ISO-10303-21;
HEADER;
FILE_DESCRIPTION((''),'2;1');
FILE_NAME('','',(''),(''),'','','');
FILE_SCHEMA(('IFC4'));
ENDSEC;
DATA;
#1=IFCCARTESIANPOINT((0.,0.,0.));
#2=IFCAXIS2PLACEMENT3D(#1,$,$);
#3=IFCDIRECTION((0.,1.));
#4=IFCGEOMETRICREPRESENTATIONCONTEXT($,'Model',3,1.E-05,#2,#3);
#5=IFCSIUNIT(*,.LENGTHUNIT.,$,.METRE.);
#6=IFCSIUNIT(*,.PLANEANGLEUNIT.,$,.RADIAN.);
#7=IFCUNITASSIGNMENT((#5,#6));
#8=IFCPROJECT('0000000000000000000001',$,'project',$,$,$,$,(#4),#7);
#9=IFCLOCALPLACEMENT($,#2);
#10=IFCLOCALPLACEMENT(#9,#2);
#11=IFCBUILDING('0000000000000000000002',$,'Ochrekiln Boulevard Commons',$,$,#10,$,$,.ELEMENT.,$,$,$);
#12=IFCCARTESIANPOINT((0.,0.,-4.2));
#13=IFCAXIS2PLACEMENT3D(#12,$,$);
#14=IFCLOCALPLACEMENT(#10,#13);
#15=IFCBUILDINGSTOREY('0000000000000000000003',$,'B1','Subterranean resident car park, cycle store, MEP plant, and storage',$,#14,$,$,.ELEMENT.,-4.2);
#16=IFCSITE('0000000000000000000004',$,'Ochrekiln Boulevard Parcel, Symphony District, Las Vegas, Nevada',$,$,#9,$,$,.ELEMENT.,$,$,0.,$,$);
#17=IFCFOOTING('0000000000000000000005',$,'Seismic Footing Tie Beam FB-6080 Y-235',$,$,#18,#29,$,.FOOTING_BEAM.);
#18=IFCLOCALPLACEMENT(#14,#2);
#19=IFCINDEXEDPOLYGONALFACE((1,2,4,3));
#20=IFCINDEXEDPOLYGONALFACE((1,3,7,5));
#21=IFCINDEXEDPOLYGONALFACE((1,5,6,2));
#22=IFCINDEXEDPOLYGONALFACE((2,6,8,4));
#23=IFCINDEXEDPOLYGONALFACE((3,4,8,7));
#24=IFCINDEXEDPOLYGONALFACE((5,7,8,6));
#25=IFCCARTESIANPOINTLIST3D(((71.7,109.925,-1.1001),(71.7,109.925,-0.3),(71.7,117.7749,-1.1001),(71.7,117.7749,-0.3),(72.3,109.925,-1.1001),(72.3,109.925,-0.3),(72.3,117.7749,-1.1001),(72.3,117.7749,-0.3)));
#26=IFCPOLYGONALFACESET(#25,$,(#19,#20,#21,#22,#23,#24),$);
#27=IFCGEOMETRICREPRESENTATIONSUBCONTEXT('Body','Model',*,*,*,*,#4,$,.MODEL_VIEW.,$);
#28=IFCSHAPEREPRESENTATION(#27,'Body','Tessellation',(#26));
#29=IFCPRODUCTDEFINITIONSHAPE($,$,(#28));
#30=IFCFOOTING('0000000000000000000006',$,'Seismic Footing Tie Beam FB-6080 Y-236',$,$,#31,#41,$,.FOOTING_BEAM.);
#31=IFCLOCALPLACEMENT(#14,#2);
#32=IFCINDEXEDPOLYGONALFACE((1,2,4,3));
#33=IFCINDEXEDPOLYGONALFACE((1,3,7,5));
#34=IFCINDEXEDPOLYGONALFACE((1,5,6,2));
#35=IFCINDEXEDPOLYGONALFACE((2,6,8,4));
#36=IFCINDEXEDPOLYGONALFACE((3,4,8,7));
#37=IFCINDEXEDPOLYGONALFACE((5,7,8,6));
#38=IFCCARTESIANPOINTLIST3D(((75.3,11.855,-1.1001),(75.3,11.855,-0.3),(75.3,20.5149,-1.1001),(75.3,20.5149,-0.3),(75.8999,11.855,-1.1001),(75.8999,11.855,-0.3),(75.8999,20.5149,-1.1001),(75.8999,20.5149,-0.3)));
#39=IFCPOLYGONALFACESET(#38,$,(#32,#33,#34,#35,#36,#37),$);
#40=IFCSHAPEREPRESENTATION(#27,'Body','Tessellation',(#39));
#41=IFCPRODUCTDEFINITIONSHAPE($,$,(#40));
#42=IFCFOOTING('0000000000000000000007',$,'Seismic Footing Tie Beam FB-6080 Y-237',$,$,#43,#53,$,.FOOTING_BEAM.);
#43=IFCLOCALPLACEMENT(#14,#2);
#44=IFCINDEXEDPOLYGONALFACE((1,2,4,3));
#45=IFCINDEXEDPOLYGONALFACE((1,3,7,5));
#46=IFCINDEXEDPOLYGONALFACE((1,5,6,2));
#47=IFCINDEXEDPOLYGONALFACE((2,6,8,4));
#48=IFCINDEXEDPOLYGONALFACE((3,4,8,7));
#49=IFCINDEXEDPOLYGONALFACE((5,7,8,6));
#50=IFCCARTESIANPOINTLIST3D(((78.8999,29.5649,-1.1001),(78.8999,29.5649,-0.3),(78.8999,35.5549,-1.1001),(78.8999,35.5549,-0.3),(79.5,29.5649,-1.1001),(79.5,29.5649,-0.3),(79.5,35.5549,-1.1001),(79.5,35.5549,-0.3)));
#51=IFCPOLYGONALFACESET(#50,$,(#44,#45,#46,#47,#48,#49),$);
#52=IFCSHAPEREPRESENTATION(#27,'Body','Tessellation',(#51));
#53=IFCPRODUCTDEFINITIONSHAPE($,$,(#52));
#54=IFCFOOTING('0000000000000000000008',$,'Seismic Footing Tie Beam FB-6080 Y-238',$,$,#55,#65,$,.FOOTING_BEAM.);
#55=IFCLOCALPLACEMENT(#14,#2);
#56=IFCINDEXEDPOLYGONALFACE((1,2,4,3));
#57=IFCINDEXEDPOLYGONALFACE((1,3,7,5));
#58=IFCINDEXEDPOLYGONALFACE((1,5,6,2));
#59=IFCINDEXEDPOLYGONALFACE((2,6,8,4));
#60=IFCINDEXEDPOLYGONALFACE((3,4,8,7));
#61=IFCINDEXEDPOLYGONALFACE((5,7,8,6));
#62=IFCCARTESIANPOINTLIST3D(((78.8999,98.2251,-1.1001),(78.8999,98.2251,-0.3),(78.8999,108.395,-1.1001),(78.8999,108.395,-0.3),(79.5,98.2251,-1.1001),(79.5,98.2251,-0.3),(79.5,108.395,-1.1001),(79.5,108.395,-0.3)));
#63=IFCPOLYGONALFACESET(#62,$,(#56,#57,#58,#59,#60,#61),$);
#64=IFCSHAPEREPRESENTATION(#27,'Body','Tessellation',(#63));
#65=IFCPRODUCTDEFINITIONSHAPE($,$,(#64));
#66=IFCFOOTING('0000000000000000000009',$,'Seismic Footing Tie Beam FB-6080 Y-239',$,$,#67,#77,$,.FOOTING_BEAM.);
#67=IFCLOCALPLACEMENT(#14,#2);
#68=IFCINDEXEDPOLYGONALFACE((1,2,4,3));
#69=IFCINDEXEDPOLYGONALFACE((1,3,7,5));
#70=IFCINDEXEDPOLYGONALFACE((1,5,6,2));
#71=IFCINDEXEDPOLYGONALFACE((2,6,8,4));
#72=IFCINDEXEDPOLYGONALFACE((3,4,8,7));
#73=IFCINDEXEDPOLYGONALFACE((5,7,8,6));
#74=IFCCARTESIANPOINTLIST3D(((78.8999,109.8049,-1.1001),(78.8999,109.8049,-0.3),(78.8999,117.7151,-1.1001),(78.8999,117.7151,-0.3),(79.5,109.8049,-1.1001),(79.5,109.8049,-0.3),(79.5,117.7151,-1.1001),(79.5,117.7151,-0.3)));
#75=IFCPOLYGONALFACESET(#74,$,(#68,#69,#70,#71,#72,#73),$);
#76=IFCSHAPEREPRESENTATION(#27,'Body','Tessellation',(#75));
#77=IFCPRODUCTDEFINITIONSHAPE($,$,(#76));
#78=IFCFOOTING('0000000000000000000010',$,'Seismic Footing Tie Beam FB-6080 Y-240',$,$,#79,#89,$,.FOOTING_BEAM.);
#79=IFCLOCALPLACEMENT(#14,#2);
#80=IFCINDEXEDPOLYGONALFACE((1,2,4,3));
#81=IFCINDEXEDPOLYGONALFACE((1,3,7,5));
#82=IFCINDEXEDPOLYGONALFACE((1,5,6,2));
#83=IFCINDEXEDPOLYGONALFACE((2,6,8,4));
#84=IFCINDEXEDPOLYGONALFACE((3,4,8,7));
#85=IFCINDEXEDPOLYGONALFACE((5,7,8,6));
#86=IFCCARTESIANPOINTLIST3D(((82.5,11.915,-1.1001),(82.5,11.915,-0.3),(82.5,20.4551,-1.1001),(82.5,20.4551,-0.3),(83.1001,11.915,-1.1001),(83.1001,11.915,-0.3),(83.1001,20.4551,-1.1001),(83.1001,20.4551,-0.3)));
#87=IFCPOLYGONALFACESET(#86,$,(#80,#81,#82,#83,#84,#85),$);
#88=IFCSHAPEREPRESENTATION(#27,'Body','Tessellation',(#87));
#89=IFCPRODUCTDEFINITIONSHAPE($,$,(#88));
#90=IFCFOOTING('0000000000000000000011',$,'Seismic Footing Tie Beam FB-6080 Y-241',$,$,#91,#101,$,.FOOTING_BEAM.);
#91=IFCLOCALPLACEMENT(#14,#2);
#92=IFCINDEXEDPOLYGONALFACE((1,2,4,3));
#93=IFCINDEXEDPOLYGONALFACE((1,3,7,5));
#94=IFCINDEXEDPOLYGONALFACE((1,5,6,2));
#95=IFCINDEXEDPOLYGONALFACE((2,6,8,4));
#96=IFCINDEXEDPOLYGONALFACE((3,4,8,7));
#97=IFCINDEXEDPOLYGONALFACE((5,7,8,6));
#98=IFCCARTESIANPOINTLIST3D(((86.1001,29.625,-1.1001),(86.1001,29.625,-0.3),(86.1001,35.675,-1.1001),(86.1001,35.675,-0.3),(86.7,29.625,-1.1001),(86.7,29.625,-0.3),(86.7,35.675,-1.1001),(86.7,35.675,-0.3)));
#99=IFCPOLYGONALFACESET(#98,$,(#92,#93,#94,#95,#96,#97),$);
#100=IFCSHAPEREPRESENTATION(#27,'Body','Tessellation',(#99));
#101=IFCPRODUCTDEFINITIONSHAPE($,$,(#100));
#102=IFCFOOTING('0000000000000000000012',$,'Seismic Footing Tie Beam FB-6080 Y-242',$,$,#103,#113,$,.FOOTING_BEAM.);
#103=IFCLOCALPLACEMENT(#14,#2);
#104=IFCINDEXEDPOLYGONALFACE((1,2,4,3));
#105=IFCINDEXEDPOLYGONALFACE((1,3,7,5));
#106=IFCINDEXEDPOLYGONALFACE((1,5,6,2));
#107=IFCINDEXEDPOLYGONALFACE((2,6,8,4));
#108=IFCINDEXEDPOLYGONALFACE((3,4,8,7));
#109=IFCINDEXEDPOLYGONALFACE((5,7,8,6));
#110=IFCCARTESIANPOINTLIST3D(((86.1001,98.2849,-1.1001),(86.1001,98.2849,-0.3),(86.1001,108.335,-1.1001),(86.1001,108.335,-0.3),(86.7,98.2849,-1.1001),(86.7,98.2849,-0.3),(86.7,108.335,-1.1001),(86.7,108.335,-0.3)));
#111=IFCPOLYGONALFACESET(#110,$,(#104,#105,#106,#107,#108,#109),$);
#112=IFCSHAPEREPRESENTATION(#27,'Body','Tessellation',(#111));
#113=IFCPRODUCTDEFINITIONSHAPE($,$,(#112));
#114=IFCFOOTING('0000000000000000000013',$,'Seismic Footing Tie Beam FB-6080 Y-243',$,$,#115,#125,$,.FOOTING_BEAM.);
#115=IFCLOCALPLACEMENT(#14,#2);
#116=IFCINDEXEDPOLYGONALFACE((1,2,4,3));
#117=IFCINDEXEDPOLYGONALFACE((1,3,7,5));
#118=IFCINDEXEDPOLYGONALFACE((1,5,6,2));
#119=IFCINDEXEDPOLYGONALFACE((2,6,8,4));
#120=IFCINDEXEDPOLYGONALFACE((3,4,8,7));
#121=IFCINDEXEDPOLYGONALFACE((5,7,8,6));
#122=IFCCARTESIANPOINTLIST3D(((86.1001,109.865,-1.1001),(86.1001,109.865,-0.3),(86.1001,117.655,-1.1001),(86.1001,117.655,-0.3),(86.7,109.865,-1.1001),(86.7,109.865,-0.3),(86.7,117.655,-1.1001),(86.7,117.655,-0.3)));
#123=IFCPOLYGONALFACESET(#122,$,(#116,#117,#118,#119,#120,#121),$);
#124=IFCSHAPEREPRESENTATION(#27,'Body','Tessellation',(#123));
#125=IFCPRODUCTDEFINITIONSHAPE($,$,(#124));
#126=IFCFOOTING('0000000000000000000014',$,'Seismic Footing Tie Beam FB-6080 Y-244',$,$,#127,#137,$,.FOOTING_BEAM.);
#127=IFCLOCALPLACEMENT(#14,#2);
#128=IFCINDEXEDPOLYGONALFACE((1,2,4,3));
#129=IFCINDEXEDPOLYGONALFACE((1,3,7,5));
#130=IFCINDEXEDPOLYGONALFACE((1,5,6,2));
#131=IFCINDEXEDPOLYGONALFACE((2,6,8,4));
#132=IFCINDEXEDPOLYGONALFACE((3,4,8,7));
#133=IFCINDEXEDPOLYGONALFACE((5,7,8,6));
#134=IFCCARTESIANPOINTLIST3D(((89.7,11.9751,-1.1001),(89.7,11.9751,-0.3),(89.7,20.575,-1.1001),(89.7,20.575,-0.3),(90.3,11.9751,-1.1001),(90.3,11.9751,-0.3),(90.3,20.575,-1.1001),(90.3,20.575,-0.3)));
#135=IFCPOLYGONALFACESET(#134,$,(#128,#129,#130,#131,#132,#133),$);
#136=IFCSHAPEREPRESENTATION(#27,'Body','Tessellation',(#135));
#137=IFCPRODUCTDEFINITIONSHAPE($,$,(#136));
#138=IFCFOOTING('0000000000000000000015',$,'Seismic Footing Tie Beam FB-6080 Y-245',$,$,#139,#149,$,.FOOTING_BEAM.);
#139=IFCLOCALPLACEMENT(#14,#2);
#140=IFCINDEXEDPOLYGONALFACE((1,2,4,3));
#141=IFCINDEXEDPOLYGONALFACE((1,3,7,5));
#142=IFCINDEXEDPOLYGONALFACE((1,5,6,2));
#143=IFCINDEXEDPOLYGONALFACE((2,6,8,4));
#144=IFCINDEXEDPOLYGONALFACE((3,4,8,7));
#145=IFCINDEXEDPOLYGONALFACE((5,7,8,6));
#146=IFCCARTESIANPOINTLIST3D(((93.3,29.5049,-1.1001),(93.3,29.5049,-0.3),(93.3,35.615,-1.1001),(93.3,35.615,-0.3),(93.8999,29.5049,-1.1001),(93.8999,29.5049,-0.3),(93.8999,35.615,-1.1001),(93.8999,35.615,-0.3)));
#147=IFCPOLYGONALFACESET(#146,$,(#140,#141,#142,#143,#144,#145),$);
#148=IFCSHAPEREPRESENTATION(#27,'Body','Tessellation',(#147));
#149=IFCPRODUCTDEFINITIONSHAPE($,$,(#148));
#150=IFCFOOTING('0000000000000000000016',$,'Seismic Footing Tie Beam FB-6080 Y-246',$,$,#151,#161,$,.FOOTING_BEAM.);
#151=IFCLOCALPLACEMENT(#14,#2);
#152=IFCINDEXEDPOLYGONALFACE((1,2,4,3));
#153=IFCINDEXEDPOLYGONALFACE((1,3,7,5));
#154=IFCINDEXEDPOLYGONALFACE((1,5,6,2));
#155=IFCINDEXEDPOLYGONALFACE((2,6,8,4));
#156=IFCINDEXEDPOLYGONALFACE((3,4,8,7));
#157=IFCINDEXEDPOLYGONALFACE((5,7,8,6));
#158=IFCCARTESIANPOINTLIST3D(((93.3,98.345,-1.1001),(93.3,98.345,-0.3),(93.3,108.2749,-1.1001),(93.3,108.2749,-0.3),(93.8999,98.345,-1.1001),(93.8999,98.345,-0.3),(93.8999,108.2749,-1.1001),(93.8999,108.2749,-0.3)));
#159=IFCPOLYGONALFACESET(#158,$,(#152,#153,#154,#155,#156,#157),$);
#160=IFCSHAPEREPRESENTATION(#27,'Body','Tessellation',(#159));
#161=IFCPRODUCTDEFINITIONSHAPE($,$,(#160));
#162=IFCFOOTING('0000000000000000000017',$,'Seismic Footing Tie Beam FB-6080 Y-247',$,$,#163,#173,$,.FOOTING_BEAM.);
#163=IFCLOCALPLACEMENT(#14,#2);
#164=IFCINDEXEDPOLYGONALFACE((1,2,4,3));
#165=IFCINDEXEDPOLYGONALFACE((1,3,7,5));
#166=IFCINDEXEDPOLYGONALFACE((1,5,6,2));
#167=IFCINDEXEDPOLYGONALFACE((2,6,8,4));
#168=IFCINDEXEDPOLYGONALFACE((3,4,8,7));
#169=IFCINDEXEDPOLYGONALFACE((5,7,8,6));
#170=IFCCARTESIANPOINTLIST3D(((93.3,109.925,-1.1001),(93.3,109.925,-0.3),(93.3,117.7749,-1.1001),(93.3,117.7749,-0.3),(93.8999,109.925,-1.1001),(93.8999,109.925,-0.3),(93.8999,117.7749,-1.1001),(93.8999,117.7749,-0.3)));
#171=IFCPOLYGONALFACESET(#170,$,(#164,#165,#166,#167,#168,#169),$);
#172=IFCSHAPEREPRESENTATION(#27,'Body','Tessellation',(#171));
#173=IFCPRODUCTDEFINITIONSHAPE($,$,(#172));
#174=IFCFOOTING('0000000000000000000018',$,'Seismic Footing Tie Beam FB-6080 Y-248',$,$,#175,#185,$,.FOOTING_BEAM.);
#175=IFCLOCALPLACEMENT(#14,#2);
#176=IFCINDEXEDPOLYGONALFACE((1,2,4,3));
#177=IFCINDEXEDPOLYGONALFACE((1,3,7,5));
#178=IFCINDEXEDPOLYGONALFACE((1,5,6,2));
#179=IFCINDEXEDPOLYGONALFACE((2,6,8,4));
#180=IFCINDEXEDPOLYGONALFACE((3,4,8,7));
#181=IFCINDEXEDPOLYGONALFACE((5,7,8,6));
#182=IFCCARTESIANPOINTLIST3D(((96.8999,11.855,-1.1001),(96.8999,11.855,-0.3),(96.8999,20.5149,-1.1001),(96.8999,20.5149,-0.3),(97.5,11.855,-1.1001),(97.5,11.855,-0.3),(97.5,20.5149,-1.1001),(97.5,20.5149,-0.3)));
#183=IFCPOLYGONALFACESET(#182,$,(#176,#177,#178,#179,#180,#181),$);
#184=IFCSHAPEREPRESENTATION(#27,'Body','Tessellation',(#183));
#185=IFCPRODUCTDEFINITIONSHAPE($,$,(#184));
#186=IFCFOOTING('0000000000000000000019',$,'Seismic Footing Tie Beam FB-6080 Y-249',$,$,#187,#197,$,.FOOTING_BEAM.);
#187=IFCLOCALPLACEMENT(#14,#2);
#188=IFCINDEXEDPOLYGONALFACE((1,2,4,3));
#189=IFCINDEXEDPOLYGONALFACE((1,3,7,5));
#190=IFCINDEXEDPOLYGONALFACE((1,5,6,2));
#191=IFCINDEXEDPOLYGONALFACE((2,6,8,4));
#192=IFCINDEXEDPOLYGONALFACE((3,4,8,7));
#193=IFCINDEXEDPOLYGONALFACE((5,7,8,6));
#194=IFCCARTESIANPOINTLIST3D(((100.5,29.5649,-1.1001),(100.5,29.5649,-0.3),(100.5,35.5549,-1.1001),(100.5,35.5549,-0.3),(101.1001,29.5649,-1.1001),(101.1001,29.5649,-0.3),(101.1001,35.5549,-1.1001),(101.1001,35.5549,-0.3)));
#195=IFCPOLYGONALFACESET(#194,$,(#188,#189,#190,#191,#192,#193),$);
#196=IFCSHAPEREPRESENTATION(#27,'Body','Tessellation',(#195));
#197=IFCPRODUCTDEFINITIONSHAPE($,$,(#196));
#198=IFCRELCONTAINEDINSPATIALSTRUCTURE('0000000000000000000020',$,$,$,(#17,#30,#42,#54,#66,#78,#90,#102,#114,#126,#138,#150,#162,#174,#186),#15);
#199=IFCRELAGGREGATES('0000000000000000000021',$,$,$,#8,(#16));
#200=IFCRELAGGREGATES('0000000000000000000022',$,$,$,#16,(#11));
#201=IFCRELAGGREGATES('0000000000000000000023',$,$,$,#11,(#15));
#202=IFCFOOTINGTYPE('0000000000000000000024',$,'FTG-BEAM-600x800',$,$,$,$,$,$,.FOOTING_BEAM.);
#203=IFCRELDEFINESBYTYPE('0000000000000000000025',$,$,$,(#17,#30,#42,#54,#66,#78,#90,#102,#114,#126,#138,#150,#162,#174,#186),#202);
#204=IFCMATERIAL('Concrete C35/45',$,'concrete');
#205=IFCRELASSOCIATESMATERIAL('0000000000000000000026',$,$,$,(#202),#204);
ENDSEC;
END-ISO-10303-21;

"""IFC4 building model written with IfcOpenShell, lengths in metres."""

from ifc_helpers import new_model, si_unit, direction, frame, origin, place, context, subcontext, project, spatial, polyline, outline, extrude, material, type_object, element, save


model = new_model("IFC4")

# Units and contexts
model_context = context("Model", 3, precision=1e-05, world=origin(), true_north=direction((0.0, 1.0)))
body_context = subcontext(model_context, "Body", "Model", "MODEL_VIEW")
ifc_project = project(units=[si_unit("LENGTHUNIT", "METRE"), si_unit("PLANEANGLEUNIT", "RADIAN")], contexts=[model_context])

# Site, building, storey
site_placement = place(None, origin())
site = spatial("IfcSite", under=ifc_project, at=site_placement, Name="Ochrekiln Boulevard Parcel, Symphony District, Las Vegas, Nevada", CompositionType="ELEMENT", RefElevation=0.0)
building_placement = place(site_placement, origin())
building = spatial("IfcBuilding", under=site, at=building_placement, Name="Ochrekiln Boulevard Commons", CompositionType="ELEMENT")
storey_placement = place(building_placement, frame((0.0, 0.0, -4.2)))
storey = spatial("IfcBuildingStorey", under=building, at=storey_placement, Name="B1", Description="Subterranean resident car park, cycle store, MEP plant, and storage", CompositionType="ELEMENT", Elevation=-4.2)

# Footings
ifc_material = material(Name="Concrete C35/45", Category="concrete")
footing_type = type_object("IfcFootingType", Name="FTG-BEAM-600x800", PredefinedType="FOOTING_BEAM", material=ifc_material)
footing_1_placement = place(storey_placement, frame((0.0, 0.0, -1.1001)))
element("IfcFooting", 1, at=footing_1_placement, inside=storey, type_object=footing_type, Name="Seismic Footing Tie Beam FB-6080 Y-235", PredefinedType="FOOTING_BEAM", context=body_context, shape_type="SweptSolid", body=[
    extrude(outline(polyline([(71.7, 109.925), (72.3, 109.925), (72.3, 117.7749), (71.7, 117.7749), (71.7, 109.925)])), origin(), (0.0, 0.0, 1.0), 0.8),
])
footing_2_placement = place(storey_placement, frame((0.0, 0.0, -1.1001)))
element("IfcFooting", 2, at=footing_2_placement, inside=storey, type_object=footing_type, Name="Seismic Footing Tie Beam FB-6080 Y-236", PredefinedType="FOOTING_BEAM", context=body_context, shape_type="SweptSolid", body=[
    extrude(outline(polyline([(75.3, 11.855), (75.8999, 11.855), (75.8999, 20.5149), (75.3, 20.5149), (75.3, 11.855)])), origin(), (0.0, 0.0, 1.0), 0.8),
])
footing_3_placement = place(storey_placement, frame((0.0, 0.0, -1.1001)))
element("IfcFooting", 3, at=footing_3_placement, inside=storey, type_object=footing_type, Name="Seismic Footing Tie Beam FB-6080 Y-237", PredefinedType="FOOTING_BEAM", context=body_context, shape_type="SweptSolid", body=[
    extrude(outline(polyline([(78.8999, 29.5649), (79.5, 29.5649), (79.5, 35.5549), (78.8999, 35.5549), (78.8999, 29.5649)])), origin(), (0.0, 0.0, 1.0), 0.8),
])
footing_4_placement = place(storey_placement, frame((0.0, 0.0, -1.1001)))
element("IfcFooting", 4, at=footing_4_placement, inside=storey, type_object=footing_type, Name="Seismic Footing Tie Beam FB-6080 Y-238", PredefinedType="FOOTING_BEAM", context=body_context, shape_type="SweptSolid", body=[
    extrude(outline(polyline([(78.8999, 98.2251), (79.5, 98.2251), (79.5, 108.395), (78.8999, 108.395), (78.8999, 98.2251)])), origin(), (0.0, 0.0, 1.0), 0.8),
])
footing_5_placement = place(storey_placement, frame((0.0, 0.0, -1.1001)))
element("IfcFooting", 5, at=footing_5_placement, inside=storey, type_object=footing_type, Name="Seismic Footing Tie Beam FB-6080 Y-239", PredefinedType="FOOTING_BEAM", context=body_context, shape_type="SweptSolid", body=[
    extrude(outline(polyline([(78.8999, 109.8049), (79.5, 109.8049), (79.5, 117.7151), (78.8999, 117.7151), (78.8999, 109.8049)])), origin(), (0.0, 0.0, 1.0), 0.8),
])
footing_6_placement = place(storey_placement, frame((0.0, 0.0, -1.1001)))
element("IfcFooting", 6, at=footing_6_placement, inside=storey, type_object=footing_type, Name="Seismic Footing Tie Beam FB-6080 Y-240", PredefinedType="FOOTING_BEAM", context=body_context, shape_type="SweptSolid", body=[
    extrude(outline(polyline([(82.5, 11.915), (83.1001, 11.915), (83.1001, 20.4551), (82.5, 20.4551), (82.5, 11.915)])), origin(), (0.0, 0.0, 1.0), 0.8),
])
footing_7_placement = place(storey_placement, frame((0.0, 0.0, -1.1001)))
element("IfcFooting", 7, at=footing_7_placement, inside=storey, type_object=footing_type, Name="Seismic Footing Tie Beam FB-6080 Y-241", PredefinedType="FOOTING_BEAM", context=body_context, shape_type="SweptSolid", body=[
    extrude(outline(polyline([(86.1001, 29.625), (86.7, 29.625), (86.7, 35.675), (86.1001, 35.675), (86.1001, 29.625)])), origin(), (0.0, 0.0, 1.0), 0.8),
])
footing_8_placement = place(storey_placement, frame((0.0, 0.0, -1.1001)))
element("IfcFooting", 8, at=footing_8_placement, inside=storey, type_object=footing_type, Name="Seismic Footing Tie Beam FB-6080 Y-242", PredefinedType="FOOTING_BEAM", context=body_context, shape_type="SweptSolid", body=[
    extrude(outline(polyline([(86.1001, 98.2849), (86.7, 98.2849), (86.7, 108.335), (86.1001, 108.335), (86.1001, 98.2849)])), origin(), (0.0, 0.0, 1.0), 0.8),
])
footing_9_placement = place(storey_placement, frame((0.0, 0.0, -1.1001)))
element("IfcFooting", 9, at=footing_9_placement, inside=storey, type_object=footing_type, Name="Seismic Footing Tie Beam FB-6080 Y-243", PredefinedType="FOOTING_BEAM", context=body_context, shape_type="SweptSolid", body=[
    extrude(outline(polyline([(86.1001, 109.865), (86.7, 109.865), (86.7, 117.655), (86.1001, 117.655), (86.1001, 109.865)])), origin(), (0.0, 0.0, 1.0), 0.8),
])
footing_10_placement = place(storey_placement, frame((0.0, 0.0, -1.1001)))
element("IfcFooting", 10, at=footing_10_placement, inside=storey, type_object=footing_type, Name="Seismic Footing Tie Beam FB-6080 Y-244", PredefinedType="FOOTING_BEAM", context=body_context, shape_type="SweptSolid", body=[
    extrude(outline(polyline([(89.7, 11.9751), (90.3, 11.9751), (90.3, 20.575), (89.7, 20.575), (89.7, 11.9751)])), origin(), (0.0, 0.0, 1.0), 0.8),
])
footing_11_placement = place(storey_placement, frame((0.0, 0.0, -1.1001)))
element("IfcFooting", 11, at=footing_11_placement, inside=storey, type_object=footing_type, Name="Seismic Footing Tie Beam FB-6080 Y-245", PredefinedType="FOOTING_BEAM", context=body_context, shape_type="SweptSolid", body=[
    extrude(outline(polyline([(93.3, 29.5049), (93.8999, 29.5049), (93.8999, 35.615), (93.3, 35.615), (93.3, 29.5049)])), origin(), (0.0, 0.0, 1.0), 0.8),
])
footing_12_placement = place(storey_placement, frame((0.0, 0.0, -1.1001)))
element("IfcFooting", 12, at=footing_12_placement, inside=storey, type_object=footing_type, Name="Seismic Footing Tie Beam FB-6080 Y-246", PredefinedType="FOOTING_BEAM", context=body_context, shape_type="SweptSolid", body=[
    extrude(outline(polyline([(93.3, 98.345), (93.8999, 98.345), (93.8999, 108.2749), (93.3, 108.2749), (93.3, 98.345)])), origin(), (0.0, 0.0, 1.0), 0.8),
])
footing_13_placement = place(storey_placement, frame((0.0, 0.0, -1.1001)))
element("IfcFooting", 13, at=footing_13_placement, inside=storey, type_object=footing_type, Name="Seismic Footing Tie Beam FB-6080 Y-247", PredefinedType="FOOTING_BEAM", context=body_context, shape_type="SweptSolid", body=[
    extrude(outline(polyline([(93.3, 109.925), (93.8999, 109.925), (93.8999, 117.7749), (93.3, 117.7749), (93.3, 109.925)])), origin(), (0.0, 0.0, 1.0), 0.8),
])
footing_14_placement = place(storey_placement, frame((0.0, 0.0, -1.1001)))
element("IfcFooting", 14, at=footing_14_placement, inside=storey, type_object=footing_type, Name="Seismic Footing Tie Beam FB-6080 Y-248", PredefinedType="FOOTING_BEAM", context=body_context, shape_type="SweptSolid", body=[
    extrude(outline(polyline([(96.8999, 11.855), (97.5, 11.855), (97.5, 20.5149), (96.8999, 20.5149), (96.8999, 11.855)])), origin(), (0.0, 0.0, 1.0), 0.8),
])
footing_15_placement = place(storey_placement, frame((0.0, 0.0, -1.1001)))
element("IfcFooting", 15, at=footing_15_placement, inside=storey, type_object=footing_type, Name="Seismic Footing Tie Beam FB-6080 Y-249", PredefinedType="FOOTING_BEAM", context=body_context, shape_type="SweptSolid", body=[
    extrude(outline(polyline([(100.5, 29.5649), (101.1001, 29.5649), (101.1001, 35.5549), (100.5, 35.5549), (100.5, 29.5649)])), origin(), (0.0, 0.0, 1.0), 0.8),
])

save(model, "model.ifc")
